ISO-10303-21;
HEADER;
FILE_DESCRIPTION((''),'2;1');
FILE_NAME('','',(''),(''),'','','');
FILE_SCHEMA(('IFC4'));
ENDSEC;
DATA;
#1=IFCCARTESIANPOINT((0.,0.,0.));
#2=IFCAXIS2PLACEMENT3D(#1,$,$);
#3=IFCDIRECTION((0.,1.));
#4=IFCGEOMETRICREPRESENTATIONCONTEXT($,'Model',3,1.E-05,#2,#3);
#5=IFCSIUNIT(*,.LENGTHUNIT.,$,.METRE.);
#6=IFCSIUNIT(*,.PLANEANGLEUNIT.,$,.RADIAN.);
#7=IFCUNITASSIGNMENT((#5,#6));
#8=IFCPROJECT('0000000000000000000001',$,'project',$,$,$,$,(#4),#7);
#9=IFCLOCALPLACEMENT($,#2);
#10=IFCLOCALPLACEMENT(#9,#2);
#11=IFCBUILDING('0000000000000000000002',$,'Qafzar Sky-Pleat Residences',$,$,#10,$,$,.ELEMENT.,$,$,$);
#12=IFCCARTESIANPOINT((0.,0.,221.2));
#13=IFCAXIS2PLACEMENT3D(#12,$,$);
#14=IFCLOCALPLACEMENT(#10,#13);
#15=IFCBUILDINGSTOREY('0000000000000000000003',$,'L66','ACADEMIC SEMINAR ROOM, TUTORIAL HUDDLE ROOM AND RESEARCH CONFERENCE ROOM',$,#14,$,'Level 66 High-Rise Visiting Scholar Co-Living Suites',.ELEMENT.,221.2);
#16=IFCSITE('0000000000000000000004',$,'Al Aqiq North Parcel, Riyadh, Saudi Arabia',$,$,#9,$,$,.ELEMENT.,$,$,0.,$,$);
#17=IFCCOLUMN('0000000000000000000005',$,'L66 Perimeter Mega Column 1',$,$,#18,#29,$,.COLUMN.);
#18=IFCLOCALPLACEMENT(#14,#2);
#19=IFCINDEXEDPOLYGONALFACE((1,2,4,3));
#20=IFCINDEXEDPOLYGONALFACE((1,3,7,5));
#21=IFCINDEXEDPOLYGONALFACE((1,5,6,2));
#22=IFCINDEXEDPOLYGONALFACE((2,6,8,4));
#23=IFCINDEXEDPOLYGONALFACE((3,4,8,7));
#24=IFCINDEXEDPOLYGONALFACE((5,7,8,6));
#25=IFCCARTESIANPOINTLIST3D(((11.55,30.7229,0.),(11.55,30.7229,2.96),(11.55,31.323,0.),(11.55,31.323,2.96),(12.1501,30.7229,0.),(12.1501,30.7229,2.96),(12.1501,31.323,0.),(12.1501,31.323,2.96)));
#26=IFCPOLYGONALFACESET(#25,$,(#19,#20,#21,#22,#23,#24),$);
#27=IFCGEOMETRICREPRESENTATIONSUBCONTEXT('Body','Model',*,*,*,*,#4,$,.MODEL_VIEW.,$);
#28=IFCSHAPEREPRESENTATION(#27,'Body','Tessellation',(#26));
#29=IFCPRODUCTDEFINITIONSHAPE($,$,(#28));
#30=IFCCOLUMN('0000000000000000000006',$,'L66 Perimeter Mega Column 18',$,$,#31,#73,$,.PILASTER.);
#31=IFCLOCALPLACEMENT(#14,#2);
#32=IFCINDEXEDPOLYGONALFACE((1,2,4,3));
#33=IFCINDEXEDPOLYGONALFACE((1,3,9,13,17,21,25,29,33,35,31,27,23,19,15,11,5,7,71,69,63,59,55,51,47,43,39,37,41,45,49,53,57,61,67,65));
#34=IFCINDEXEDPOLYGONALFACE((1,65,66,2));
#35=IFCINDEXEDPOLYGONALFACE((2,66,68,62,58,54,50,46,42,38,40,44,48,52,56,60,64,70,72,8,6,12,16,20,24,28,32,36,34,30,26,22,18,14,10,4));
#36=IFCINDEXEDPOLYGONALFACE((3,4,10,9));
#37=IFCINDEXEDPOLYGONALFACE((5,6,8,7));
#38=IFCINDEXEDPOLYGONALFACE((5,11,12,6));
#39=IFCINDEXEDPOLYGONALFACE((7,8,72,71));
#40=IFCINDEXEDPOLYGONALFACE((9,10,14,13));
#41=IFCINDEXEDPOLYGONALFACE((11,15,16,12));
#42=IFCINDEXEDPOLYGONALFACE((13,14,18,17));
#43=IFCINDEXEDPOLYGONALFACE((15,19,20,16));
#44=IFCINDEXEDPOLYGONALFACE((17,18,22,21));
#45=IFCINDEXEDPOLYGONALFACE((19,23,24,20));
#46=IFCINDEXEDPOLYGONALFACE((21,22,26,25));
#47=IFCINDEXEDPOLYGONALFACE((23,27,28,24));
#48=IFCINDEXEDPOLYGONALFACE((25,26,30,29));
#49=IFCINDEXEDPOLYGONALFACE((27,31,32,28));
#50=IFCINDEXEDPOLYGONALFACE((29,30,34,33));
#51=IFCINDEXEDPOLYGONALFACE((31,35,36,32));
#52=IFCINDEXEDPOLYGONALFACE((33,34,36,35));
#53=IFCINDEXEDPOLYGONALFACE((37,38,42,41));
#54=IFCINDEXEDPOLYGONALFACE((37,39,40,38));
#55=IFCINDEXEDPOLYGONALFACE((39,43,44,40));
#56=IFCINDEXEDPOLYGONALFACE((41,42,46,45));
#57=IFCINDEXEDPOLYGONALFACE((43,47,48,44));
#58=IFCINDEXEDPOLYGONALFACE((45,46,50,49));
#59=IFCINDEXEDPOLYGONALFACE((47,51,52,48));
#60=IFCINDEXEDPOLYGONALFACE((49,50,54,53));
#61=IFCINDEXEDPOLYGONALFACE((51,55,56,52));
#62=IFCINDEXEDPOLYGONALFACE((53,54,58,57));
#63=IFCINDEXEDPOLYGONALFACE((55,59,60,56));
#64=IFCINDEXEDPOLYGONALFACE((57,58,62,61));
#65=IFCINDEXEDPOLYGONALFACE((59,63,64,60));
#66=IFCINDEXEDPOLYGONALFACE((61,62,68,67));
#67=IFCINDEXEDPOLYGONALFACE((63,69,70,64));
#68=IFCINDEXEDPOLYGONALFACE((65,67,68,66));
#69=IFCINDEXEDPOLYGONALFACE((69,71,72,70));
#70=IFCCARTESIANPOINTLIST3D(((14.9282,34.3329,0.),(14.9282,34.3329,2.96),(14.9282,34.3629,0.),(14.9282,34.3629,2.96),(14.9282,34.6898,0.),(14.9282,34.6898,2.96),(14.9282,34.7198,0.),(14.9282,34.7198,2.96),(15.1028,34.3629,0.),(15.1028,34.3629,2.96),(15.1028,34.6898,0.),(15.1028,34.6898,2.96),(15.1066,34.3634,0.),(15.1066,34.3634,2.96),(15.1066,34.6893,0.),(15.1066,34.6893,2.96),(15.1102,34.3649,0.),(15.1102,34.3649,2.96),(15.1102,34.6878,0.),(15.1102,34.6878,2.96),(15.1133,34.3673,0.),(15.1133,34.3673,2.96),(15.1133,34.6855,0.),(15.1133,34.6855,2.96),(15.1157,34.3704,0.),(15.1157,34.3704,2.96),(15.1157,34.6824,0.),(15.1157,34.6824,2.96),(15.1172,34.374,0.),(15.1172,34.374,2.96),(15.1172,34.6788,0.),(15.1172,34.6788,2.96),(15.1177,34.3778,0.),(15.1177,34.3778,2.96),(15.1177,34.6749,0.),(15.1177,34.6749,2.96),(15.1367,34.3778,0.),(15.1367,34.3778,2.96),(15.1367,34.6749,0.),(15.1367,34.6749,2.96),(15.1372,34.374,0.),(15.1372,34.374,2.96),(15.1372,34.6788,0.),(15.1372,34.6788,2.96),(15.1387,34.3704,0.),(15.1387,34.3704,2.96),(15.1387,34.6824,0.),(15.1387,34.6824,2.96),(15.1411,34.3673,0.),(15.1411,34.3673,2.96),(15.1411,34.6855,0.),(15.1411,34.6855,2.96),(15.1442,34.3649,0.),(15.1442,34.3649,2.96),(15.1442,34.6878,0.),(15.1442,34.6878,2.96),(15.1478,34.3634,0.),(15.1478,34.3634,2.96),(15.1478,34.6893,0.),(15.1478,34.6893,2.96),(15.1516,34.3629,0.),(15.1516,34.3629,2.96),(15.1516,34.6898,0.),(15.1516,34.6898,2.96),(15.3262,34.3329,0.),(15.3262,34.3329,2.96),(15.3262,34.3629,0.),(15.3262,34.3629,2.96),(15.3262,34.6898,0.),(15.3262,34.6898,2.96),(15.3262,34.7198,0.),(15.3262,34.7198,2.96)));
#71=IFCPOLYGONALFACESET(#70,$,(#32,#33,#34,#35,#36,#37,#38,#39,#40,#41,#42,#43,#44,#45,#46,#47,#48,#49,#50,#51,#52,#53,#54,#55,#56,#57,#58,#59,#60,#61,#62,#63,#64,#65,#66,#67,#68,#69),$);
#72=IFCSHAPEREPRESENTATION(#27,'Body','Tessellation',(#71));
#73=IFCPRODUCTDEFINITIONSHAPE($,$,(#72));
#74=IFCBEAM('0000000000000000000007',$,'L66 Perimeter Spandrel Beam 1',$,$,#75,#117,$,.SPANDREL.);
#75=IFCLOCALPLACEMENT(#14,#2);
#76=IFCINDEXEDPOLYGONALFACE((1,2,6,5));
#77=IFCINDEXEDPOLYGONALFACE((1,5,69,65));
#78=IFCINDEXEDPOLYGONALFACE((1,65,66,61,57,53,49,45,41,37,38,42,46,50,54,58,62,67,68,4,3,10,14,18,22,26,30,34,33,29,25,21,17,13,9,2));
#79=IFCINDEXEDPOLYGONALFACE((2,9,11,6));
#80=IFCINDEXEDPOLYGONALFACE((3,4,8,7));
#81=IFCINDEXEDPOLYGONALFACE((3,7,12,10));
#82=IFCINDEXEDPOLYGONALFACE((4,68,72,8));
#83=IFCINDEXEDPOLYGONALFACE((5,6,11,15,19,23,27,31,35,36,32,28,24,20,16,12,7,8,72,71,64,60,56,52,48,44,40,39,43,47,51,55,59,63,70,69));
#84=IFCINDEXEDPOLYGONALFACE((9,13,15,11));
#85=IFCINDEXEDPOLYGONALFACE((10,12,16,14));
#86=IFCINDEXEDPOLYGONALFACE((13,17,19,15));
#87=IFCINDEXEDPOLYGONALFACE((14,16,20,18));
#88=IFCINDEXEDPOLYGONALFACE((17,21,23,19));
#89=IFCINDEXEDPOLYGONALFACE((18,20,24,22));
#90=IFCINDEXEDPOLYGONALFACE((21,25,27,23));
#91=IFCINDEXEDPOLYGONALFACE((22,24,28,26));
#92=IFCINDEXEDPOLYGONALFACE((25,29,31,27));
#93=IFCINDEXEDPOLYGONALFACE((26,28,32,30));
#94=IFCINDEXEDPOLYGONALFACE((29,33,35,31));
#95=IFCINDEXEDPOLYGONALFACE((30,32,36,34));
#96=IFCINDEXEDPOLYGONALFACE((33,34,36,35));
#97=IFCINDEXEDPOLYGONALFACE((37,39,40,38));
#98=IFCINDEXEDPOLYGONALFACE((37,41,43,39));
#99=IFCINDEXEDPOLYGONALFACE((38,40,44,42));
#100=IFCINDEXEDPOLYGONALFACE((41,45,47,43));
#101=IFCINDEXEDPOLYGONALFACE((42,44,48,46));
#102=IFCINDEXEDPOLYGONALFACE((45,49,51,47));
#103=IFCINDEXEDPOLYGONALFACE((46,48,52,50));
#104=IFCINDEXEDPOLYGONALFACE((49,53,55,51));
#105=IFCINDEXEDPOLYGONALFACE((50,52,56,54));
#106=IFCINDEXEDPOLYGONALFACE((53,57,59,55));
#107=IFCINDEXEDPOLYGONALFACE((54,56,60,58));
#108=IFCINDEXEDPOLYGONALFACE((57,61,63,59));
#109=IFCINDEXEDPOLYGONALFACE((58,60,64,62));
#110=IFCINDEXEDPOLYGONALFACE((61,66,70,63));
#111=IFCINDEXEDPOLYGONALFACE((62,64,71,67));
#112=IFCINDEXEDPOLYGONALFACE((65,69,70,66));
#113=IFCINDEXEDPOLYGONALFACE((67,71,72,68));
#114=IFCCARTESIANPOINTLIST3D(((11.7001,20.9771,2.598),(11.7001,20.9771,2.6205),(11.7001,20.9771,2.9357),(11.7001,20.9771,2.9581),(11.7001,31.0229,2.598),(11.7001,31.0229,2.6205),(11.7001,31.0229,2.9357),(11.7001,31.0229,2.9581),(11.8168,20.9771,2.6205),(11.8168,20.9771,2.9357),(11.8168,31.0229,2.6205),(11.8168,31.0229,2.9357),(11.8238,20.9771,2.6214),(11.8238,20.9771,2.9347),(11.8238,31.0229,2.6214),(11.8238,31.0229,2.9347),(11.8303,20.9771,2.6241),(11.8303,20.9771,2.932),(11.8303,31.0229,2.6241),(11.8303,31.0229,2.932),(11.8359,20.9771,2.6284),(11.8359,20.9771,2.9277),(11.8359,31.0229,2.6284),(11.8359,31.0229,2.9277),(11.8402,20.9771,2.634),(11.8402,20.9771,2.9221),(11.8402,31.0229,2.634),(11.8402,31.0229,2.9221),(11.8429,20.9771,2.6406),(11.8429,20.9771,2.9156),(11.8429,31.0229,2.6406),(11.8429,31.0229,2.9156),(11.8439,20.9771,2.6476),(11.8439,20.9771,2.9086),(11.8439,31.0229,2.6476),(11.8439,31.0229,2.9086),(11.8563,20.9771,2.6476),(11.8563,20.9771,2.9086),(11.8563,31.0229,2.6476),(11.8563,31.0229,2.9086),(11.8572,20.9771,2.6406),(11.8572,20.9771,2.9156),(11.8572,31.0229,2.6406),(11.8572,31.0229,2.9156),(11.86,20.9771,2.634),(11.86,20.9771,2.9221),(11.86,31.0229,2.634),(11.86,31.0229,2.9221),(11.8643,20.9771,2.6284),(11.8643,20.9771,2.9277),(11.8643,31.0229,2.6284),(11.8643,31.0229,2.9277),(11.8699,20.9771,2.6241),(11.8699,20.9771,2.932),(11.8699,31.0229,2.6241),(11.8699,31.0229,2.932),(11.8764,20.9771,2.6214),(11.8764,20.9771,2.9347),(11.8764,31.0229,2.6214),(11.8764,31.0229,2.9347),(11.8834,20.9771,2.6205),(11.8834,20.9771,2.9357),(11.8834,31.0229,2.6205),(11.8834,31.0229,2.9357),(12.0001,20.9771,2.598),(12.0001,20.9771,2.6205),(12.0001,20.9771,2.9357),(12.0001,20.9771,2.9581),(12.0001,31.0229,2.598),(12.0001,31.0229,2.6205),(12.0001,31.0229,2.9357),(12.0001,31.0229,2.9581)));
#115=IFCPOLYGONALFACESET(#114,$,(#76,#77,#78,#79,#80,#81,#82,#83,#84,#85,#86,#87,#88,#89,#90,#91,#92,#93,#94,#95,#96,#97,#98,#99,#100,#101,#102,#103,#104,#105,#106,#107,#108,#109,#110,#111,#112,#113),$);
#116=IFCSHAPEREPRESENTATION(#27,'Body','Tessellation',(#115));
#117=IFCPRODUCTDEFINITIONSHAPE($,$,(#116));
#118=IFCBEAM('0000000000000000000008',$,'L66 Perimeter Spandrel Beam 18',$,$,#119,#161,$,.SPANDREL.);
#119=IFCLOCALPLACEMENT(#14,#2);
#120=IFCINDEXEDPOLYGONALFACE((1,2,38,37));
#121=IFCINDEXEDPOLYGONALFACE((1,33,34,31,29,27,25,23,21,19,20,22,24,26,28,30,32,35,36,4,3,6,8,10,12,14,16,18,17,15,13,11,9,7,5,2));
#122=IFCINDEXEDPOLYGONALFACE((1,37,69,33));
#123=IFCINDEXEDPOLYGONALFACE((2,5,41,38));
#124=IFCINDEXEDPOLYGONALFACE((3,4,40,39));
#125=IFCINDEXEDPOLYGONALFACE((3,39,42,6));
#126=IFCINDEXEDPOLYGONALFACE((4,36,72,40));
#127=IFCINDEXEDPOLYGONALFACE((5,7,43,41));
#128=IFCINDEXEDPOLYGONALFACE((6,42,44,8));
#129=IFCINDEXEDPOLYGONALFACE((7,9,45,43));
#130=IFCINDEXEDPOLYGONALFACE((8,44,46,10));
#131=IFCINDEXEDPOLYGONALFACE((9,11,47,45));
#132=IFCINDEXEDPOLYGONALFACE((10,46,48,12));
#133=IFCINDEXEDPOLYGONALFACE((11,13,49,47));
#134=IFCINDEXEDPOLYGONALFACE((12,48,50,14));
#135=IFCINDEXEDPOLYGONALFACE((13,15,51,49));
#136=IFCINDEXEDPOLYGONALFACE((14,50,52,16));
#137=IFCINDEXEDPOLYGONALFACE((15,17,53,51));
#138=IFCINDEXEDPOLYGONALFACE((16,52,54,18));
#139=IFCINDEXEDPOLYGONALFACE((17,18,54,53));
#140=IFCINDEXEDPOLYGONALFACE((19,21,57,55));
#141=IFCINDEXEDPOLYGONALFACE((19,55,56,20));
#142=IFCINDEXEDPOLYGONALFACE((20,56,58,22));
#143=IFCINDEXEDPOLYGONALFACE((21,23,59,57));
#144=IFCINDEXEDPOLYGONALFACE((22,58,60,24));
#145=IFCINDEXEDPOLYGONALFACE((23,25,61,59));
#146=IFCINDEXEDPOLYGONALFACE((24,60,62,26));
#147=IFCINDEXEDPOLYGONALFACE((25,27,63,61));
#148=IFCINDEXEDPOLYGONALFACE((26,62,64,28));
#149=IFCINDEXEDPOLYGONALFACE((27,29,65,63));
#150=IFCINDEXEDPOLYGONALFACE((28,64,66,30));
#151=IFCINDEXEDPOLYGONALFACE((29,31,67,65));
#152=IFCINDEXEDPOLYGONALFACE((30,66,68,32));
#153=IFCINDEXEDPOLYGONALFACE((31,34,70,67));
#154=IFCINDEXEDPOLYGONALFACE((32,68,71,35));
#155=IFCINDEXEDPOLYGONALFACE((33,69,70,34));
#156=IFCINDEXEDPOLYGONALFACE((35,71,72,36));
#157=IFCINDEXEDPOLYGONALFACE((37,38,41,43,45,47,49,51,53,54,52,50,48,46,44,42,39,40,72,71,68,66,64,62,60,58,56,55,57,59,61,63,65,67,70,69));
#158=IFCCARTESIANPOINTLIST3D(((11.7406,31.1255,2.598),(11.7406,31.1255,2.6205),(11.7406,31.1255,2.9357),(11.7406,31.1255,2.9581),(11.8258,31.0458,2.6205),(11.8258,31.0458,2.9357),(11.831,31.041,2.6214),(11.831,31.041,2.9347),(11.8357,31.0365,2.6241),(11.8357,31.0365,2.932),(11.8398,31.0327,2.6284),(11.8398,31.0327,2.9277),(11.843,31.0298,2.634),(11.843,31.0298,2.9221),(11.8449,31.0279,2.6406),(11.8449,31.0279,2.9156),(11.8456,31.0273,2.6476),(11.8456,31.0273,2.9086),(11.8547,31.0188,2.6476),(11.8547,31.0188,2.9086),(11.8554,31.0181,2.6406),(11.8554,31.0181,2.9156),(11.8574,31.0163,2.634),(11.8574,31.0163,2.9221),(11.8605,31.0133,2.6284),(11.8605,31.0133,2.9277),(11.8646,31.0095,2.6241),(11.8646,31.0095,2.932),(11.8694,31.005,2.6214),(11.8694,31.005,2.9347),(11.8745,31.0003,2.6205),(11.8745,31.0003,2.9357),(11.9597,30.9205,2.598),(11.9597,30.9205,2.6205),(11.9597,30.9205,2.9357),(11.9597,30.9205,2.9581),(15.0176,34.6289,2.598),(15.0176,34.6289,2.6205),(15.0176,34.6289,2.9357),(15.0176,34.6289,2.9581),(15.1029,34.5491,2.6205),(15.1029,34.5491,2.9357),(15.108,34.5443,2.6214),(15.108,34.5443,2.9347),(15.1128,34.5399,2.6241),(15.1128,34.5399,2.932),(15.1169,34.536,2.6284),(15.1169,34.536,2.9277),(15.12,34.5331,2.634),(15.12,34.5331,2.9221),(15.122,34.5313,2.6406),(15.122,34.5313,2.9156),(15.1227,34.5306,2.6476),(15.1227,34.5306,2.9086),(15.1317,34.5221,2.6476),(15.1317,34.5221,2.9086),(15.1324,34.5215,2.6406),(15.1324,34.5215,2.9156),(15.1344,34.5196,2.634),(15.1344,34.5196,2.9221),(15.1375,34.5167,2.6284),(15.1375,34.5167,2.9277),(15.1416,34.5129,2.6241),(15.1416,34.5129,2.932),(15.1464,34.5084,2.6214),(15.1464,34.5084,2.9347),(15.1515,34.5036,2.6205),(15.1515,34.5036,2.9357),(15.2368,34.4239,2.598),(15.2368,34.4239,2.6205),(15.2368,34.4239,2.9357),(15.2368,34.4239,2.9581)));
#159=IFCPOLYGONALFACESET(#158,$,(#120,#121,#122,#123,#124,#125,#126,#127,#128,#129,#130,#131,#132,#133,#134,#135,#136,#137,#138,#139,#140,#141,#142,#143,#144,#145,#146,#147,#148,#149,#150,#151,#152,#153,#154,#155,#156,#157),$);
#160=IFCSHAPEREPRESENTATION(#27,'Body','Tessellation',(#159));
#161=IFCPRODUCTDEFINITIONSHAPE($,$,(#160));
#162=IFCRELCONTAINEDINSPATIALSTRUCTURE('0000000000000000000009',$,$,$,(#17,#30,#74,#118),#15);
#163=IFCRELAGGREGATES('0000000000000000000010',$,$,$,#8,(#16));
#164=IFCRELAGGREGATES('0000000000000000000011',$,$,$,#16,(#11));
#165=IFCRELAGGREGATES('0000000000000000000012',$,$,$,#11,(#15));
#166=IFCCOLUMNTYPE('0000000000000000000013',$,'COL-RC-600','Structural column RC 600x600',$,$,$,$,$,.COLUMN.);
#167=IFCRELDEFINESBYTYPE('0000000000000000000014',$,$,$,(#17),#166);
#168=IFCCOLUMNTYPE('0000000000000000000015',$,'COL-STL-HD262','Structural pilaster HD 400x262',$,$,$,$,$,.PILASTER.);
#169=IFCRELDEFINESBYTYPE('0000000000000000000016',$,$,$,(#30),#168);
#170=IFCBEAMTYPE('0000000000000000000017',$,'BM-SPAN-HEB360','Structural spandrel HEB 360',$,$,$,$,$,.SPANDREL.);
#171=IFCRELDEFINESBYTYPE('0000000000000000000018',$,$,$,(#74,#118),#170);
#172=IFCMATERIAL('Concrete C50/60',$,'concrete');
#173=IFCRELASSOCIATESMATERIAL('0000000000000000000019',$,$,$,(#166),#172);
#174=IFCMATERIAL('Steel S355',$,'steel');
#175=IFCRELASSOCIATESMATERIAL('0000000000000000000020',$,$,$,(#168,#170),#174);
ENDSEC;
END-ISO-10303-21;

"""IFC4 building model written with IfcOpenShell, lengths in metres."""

from ifc_helpers import new_model, si_unit, direction, frame, origin, origin_2d, place, context, subcontext, project, spatial, rectangle, i_section, extrude, source, transform, mapped, material, material_profile, profile_set, type_object, element, save


model = new_model("IFC4")

# Units and contexts
model_context = context("Model", 3, precision=1e-05, world=origin(), true_north=direction((0.0, 1.0)))
body_context = subcontext(model_context, "Body", "Model", "MODEL_VIEW")
ifc_project = project(units=[si_unit("LENGTHUNIT", "METRE"), si_unit("PLANEANGLEUNIT", "RADIAN")], contexts=[model_context])

# Site, building, storey
site_placement = place(None, origin())
site = spatial("IfcSite", under=ifc_project, at=site_placement, Name="Al Aqiq North Parcel, Riyadh, Saudi Arabia", CompositionType="ELEMENT", RefElevation=0.0)
building_placement = place(site_placement, origin())
building = spatial("IfcBuilding", under=site, at=building_placement, Name="Qafzar Sky-Pleat Residences", CompositionType="ELEMENT")
storey_placement = place(building_placement, frame((0.0, 0.0, 221.2)))
storey = spatial("IfcBuildingStorey", under=building, at=storey_placement, Name="L66", Description="ACADEMIC SEMINAR ROOM, TUTORIAL HUDDLE ROOM AND RESEARCH CONFERENCE ROOM", LongName="Level 66 High-Rise Visiting Scholar Co-Living Suites", CompositionType="ELEMENT", Elevation=221.2)

# Columns
ifc_material_1 = material(Name="Concrete C50/60", Category="concrete")
ifc_material_profile_1 = material_profile(ifc_material_1, rectangle(XDim=0.6001, YDim=0.6001, at=origin_2d()), Name="RC 600x600")
ifc_profile_set_1 = profile_set([ifc_material_profile_1], Name="Concrete C50/60")
column_type_1 = type_object("IfcColumnType", Name="COL-RC-600", Description="Structural column RC 600x600", PredefinedType="COLUMN", material=ifc_profile_set_1)
shared_shape_1 = source(origin(), body_context, "Body", "SweptSolid", [
    extrude(rectangle(XDim=0.6001, YDim=0.6001, at=origin_2d()), origin(), (0.0, 0.0, 1.0), 2.96),
])
column_1_placement = place(storey_placement, frame((11.8501, 31.0229, 0.0), z_axis=(0.0, 0.0, 1.0), x_axis=(1.0, 0.0, 0.0)))
element("IfcColumn", 1, at=column_1_placement, inside=storey, type_object=column_type_1, Name="L66 Perimeter Mega Column 1", PredefinedType="COLUMN", context=body_context, shape_type="MappedRepresentation", body=[
    mapped(shared_shape_1, transform((0.0, 0.0, 0.0), x_axis=(1.0, 0.0, 0.0), y_axis=(0.0, 1.0, 0.0), z_axis=(0.0, 0.0, 1.0), scale=1.0)),
])
ifc_material_2 = material(Name="Steel S355", Category="steel")
ifc_material_profile_2 = material_profile(ifc_material_2, i_section(OverallWidth=0.3979, OverallDepth=0.387, WebThickness=0.019, FlangeThickness=0.03, FilletRadius=0.0149, at=origin_2d()), Name="HD 400x262")
ifc_profile_set_2 = profile_set([ifc_material_profile_2], Name="Steel S355")
column_type_2 = type_object("IfcColumnType", Name="COL-STL-HD262", Description="Structural pilaster HD 400x262", PredefinedType="PILASTER", material=ifc_profile_set_2)
shared_shape_2 = source(origin(), body_context, "Body", "SweptSolid", [
    extrude(i_section(OverallWidth=0.3979, OverallDepth=0.387, WebThickness=0.019, FlangeThickness=0.03, FilletRadius=0.0149, at=origin_2d()), origin(), (0.0, 0.0, 1.0), 2.96),
])
column_2_placement = place(storey_placement, frame((15.1272, 34.5264, 0.0), z_axis=(0.0, 0.0, 1.0), x_axis=(1.0, 0.0, 0.0)))
element("IfcColumn", 2, at=column_2_placement, inside=storey, type_object=column_type_2, Name="L66 Perimeter Mega Column 18", PredefinedType="PILASTER", context=body_context, shape_type="MappedRepresentation", body=[
    mapped(shared_shape_2, transform((0.0, 0.0, 0.0), x_axis=(1.0, 0.0, 0.0), y_axis=(0.0, 1.0, 0.0), z_axis=(0.0, 0.0, 1.0), scale=1.0)),
])

# Beams
ifc_material_profile_3 = material_profile(ifc_material_2, i_section(OverallWidth=0.3, OverallDepth=0.3601, WebThickness=0.0125, FlangeThickness=0.0225, FilletRadius=0.0271, at=origin_2d()), Name="HEB 360")
ifc_profile_set_3 = profile_set([ifc_material_profile_3], Name="Steel S355")
beam_type_1 = type_object("IfcBeamType", Name="BM-SPAN-HEB360", Description="Structural spandrel HEB 360", PredefinedType="SPANDREL", material=ifc_profile_set_3)
shared_shape_3 = source(origin(), body_context, "Body", "SweptSolid", [
    extrude(i_section(OverallWidth=0.3, OverallDepth=0.3601, WebThickness=0.0125, FlangeThickness=0.0225, FilletRadius=0.0271, at=origin_2d()), origin(), (0.0, 0.0, 1.0), 10.0459),
])
beam_1_placement = place(storey_placement, frame((11.8501, 31.0229, 2.7781), z_axis=(0.0, -1.0, 0.0), x_axis=(1.0, 0.0, 0.0)))
element("IfcBeam", 3, at=beam_1_placement, inside=storey, type_object=beam_type_1, Name="L66 Perimeter Spandrel Beam 1", PredefinedType="SPANDREL", context=body_context, shape_type="MappedRepresentation", body=[
    mapped(shared_shape_3, transform((0.0, 0.0, 0.0), x_axis=(1.0, 0.0, 0.0), y_axis=(0.0, 1.0, 0.0), z_axis=(0.0, 0.0, 1.0), scale=1.0)),
])
shared_shape_4 = source(origin(), body_context, "Body", "SweptSolid", [
    extrude(i_section(OverallWidth=0.3, OverallDepth=0.3601, WebThickness=0.0125, FlangeThickness=0.0225, FilletRadius=0.0271, at=origin_2d()), origin(), (0.0, 0.0, 1.0), 4.7971),
])
beam_2_placement = place(storey_placement, frame((15.1272, 34.5264, 2.7781), z_axis=(-0.683125, -0.730302, 0.0), x_axis=(0.730302, -0.683125, 0.0)))
element("IfcBeam", 4, at=beam_2_placement, inside=storey, type_object=beam_type_1, Name="L66 Perimeter Spandrel Beam 18", PredefinedType="SPANDREL", context=body_context, shape_type="MappedRepresentation", body=[
    mapped(shared_shape_4, transform((0.0, 0.0, 0.0), x_axis=(1.0, 0.0, 0.0), y_axis=(0.0, 1.0, 0.0), z_axis=(0.0, 0.0, 1.0), scale=1.0)),
])

save(model, "model.ifc")
